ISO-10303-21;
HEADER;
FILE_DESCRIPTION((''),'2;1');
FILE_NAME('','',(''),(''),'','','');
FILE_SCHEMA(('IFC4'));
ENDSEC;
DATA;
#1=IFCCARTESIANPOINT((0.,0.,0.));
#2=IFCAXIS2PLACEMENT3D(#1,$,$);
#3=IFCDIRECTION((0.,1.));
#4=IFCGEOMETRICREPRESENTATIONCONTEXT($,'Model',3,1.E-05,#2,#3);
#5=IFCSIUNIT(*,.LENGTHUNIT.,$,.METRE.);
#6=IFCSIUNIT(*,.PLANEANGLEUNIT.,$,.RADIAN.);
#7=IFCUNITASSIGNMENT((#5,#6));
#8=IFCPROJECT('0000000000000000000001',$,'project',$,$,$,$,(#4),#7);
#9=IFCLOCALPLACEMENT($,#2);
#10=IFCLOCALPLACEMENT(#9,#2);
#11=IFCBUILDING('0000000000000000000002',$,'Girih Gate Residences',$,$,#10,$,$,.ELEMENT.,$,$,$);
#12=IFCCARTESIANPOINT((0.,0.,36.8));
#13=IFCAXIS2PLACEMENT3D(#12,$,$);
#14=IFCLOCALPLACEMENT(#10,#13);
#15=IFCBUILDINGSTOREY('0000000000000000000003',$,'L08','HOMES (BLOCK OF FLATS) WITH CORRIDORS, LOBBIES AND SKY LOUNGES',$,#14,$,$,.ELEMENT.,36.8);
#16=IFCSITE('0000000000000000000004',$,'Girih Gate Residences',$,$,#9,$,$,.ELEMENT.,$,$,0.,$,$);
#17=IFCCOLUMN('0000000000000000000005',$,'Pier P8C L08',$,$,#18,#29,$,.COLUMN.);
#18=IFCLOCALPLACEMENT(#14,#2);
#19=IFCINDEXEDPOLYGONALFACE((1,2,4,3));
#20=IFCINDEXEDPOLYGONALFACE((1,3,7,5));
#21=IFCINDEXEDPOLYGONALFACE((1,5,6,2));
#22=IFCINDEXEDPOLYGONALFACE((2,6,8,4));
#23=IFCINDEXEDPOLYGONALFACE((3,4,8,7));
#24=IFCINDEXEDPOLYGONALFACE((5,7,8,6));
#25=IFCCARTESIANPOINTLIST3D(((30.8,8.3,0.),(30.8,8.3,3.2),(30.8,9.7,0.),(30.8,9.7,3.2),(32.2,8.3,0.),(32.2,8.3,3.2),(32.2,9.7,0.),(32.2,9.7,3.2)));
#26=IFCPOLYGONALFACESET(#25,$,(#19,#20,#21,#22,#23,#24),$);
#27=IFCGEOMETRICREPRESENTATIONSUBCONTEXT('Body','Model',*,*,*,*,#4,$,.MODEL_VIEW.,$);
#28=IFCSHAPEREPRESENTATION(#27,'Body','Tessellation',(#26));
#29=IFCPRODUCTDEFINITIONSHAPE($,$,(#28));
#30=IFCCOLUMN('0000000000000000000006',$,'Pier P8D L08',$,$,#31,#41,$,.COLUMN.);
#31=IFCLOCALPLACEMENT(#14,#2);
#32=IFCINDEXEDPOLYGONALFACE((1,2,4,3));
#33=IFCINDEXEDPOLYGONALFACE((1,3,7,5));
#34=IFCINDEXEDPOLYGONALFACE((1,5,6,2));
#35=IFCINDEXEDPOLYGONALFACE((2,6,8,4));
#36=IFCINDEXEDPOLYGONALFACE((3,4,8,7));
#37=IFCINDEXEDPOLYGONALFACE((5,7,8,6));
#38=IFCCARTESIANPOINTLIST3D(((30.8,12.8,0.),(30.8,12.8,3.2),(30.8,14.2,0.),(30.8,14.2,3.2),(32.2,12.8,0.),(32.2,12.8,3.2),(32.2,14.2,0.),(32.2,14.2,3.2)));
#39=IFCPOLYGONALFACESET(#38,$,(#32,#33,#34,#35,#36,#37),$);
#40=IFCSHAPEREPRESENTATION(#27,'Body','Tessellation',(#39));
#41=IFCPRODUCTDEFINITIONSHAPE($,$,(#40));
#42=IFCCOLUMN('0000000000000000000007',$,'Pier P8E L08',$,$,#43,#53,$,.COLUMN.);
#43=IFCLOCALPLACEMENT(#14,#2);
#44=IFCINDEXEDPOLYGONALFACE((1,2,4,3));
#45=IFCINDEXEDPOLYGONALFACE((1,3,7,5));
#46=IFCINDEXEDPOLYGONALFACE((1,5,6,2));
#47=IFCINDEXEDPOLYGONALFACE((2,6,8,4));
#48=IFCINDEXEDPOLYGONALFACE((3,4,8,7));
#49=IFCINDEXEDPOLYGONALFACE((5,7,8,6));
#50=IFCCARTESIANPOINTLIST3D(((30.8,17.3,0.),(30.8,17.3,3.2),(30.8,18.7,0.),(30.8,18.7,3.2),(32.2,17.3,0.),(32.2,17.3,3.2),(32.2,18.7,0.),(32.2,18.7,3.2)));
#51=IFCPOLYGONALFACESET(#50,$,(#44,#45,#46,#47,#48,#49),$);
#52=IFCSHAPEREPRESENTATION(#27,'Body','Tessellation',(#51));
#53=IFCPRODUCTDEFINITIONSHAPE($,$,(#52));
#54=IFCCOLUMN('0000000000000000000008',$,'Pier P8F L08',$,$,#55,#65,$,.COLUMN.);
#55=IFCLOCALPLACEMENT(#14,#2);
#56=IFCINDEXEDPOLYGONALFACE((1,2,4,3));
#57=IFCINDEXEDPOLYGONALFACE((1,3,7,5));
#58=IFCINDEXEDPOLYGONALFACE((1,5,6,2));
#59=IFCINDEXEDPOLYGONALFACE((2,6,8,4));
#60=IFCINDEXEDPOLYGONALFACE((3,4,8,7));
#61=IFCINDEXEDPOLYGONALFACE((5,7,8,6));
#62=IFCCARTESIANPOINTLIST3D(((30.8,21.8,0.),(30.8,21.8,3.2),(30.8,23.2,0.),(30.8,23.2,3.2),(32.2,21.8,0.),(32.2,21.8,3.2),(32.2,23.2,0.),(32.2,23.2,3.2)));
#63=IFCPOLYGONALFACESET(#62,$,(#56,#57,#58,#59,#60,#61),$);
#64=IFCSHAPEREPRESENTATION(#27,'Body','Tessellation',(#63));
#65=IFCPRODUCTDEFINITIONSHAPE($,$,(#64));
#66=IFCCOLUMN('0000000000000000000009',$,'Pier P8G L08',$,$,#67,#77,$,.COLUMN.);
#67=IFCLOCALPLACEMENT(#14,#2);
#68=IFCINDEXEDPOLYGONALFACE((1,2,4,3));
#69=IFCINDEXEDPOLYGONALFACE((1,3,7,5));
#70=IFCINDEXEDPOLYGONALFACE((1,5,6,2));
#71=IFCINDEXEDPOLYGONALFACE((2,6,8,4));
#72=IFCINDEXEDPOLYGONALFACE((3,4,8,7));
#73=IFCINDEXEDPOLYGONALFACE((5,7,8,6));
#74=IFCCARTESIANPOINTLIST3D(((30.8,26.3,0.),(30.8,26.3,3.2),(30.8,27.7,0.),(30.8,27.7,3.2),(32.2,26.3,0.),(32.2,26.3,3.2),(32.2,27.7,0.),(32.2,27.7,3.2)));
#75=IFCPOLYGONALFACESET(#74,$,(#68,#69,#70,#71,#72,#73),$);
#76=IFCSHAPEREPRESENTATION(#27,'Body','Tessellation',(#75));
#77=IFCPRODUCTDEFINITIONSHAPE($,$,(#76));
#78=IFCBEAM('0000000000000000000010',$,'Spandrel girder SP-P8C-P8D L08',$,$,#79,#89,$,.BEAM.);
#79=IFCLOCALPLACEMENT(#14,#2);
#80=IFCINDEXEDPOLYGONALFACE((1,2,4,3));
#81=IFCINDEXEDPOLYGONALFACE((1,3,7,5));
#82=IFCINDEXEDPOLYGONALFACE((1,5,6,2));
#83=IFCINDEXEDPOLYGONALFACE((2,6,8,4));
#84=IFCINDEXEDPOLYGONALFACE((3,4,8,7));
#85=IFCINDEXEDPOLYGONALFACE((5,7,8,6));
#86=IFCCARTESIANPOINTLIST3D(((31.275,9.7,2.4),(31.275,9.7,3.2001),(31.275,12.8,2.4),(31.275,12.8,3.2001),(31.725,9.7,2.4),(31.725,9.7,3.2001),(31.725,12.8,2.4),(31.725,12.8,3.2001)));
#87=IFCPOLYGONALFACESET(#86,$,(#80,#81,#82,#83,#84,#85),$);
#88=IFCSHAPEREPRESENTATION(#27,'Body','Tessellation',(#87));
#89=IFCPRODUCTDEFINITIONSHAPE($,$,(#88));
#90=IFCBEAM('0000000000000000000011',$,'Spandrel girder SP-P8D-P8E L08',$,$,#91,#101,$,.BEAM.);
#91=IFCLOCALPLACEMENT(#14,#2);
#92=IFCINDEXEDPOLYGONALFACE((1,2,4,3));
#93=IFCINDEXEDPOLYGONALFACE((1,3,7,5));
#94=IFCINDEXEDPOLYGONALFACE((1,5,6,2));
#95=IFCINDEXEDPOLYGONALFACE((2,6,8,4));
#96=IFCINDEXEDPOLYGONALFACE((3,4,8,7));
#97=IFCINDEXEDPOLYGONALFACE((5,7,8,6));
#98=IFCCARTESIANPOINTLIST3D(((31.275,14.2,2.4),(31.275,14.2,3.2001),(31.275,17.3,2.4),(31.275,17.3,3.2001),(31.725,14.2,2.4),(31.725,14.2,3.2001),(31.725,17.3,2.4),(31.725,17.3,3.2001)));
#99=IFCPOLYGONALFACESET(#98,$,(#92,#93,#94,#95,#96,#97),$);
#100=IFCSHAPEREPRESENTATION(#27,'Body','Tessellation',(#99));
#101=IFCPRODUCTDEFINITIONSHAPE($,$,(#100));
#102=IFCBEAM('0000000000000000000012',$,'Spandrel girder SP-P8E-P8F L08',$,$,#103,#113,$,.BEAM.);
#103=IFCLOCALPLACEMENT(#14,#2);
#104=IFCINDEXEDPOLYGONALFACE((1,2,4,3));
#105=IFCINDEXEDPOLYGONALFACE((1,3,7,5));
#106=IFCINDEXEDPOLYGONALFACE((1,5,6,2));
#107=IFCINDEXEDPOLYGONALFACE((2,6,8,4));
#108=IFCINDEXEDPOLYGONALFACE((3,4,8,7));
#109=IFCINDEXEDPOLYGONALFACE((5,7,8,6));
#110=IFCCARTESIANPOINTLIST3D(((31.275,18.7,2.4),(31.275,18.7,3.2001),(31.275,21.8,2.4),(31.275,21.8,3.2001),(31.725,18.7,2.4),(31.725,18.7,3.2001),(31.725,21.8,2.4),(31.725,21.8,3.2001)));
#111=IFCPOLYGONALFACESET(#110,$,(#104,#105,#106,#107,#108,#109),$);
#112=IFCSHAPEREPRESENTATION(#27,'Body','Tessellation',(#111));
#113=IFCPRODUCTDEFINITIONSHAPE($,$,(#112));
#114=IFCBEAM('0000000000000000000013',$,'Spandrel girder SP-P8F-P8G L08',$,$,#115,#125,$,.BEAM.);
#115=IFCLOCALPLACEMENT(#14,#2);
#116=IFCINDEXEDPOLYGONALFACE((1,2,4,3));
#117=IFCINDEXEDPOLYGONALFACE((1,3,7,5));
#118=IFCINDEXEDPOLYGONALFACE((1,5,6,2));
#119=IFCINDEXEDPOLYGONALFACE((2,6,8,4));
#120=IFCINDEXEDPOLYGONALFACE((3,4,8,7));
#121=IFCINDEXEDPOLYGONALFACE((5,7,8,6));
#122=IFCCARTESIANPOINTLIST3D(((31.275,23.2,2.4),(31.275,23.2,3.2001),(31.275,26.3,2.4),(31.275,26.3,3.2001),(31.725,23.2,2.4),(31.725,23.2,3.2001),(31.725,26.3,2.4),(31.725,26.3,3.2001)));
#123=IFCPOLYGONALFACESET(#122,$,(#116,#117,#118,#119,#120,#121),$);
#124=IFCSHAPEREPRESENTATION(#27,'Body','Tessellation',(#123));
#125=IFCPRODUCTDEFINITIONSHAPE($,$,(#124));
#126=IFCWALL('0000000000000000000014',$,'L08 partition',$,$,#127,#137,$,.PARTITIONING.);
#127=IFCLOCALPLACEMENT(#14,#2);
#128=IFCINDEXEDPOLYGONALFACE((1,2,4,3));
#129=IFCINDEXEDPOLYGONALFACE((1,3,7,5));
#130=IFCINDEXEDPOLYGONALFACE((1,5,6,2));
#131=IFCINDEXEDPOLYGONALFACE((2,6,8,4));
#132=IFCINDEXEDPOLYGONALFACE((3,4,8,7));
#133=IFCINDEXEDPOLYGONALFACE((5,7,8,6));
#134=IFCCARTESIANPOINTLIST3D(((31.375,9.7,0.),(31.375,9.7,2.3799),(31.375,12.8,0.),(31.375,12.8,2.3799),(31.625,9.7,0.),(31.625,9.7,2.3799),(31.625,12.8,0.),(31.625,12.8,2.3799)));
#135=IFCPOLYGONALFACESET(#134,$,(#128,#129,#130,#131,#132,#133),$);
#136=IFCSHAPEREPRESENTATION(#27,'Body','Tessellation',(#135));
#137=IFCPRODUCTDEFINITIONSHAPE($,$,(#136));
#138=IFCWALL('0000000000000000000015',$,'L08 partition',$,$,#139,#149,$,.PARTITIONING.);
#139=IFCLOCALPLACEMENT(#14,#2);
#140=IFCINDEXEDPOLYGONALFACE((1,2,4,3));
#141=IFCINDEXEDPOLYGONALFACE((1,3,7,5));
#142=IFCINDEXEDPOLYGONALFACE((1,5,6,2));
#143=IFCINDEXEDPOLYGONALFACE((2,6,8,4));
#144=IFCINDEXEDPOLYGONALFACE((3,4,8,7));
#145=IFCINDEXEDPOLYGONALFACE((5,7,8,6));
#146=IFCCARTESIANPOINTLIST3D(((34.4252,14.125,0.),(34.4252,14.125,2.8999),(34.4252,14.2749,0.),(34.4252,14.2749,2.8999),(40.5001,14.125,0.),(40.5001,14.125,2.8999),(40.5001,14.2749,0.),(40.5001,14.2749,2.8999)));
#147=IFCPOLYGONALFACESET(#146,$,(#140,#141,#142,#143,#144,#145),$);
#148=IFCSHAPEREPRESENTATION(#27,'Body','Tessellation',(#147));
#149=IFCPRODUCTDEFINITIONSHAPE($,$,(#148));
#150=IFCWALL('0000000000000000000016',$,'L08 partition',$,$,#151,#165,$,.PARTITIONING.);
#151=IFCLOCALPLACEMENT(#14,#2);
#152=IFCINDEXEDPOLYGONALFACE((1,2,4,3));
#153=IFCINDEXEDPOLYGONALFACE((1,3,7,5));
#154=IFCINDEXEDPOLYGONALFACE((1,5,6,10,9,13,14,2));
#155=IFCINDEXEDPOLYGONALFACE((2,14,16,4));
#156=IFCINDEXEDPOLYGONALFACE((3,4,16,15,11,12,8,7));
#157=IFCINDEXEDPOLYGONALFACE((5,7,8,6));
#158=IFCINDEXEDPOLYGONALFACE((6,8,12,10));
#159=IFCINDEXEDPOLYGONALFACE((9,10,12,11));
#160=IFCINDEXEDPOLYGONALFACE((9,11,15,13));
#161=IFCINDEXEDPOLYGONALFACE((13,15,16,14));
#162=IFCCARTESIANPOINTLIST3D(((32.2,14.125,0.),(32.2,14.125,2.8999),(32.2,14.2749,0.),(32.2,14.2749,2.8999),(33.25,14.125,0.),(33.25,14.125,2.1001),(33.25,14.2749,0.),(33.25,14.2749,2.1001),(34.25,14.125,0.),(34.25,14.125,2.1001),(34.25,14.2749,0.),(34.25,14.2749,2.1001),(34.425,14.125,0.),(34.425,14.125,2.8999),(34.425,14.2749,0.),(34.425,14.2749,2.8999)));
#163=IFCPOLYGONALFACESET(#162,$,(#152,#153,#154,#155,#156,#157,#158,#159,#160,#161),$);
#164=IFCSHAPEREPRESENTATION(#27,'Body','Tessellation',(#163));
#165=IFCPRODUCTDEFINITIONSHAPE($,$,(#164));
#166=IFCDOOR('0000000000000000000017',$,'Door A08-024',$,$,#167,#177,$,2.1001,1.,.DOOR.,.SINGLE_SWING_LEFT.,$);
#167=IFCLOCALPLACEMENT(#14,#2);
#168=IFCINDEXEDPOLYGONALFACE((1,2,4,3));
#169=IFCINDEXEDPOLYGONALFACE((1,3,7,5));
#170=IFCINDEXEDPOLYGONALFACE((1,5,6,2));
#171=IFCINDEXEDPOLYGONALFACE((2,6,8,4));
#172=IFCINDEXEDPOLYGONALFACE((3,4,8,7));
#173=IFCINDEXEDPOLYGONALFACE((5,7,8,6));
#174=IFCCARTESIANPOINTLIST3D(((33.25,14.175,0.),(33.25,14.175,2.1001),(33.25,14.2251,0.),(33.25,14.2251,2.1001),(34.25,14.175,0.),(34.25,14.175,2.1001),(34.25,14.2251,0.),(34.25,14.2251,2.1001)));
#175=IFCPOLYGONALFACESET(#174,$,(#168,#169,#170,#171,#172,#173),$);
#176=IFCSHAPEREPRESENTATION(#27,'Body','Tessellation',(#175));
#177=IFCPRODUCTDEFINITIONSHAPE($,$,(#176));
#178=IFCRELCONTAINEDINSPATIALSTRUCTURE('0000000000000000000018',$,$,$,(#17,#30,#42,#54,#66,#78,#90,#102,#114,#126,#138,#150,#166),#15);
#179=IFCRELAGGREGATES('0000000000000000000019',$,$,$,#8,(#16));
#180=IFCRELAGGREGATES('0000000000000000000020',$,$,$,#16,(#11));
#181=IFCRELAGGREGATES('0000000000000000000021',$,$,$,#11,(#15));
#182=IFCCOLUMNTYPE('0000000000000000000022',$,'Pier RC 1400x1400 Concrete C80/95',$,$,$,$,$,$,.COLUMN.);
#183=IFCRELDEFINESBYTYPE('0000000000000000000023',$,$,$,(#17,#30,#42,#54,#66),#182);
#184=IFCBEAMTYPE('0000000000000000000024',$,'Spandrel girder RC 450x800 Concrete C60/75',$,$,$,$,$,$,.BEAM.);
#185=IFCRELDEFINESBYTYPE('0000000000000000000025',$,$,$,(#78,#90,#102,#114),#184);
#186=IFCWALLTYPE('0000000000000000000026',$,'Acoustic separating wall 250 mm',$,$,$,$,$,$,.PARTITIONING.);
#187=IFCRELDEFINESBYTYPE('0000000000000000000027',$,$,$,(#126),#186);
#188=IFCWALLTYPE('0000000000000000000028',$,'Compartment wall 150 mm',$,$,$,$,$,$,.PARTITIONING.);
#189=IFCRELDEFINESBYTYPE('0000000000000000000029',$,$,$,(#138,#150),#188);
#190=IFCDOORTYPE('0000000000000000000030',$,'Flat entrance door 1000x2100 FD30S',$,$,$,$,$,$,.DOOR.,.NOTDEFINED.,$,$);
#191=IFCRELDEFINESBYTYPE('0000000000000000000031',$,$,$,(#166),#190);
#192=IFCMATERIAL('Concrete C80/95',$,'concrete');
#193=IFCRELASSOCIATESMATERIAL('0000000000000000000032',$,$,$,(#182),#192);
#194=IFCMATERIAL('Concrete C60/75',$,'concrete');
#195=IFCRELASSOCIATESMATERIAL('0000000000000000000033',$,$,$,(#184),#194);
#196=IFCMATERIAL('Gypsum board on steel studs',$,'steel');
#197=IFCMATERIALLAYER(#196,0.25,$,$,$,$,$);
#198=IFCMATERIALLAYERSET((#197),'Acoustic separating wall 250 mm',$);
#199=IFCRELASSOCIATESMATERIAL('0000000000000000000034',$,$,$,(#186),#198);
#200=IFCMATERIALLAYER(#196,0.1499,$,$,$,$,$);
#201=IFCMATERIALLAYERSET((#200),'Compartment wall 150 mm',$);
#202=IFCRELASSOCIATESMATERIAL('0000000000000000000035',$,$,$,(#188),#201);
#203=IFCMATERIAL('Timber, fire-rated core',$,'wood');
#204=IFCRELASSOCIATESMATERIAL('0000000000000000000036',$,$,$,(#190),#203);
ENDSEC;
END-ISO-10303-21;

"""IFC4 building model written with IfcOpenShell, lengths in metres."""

from ifc_helpers import new_model, si_unit, direction, frame, frame_2d, origin, origin_2d, place, context, subcontext, project, spatial, rectangle, extrude, material, layer, layer_set, material_profile, profile_set, type_object, element, fill, save


model = new_model("IFC4")

# Units and contexts
model_context = context("Model", 3, precision=1e-05, world=origin(), true_north=direction((0.0, 1.0)))
body_context = subcontext(model_context, "Body", "Model", "MODEL_VIEW")
ifc_project = project(units=[si_unit("LENGTHUNIT", "METRE"), si_unit("PLANEANGLEUNIT", "RADIAN")], contexts=[model_context])

# Site, building, storey
site_placement = place(None, origin())
site = spatial("IfcSite", under=ifc_project, at=site_placement, Name="Girih Gate Residences", CompositionType="ELEMENT", RefElevation=0.0)
building_placement = place(site_placement, origin())
building = spatial("IfcBuilding", under=site, at=building_placement, Name="Girih Gate Residences", CompositionType="ELEMENT")
storey_placement = place(building_placement, frame((0.0, 0.0, 36.8)))
storey = spatial("IfcBuildingStorey", under=building, at=storey_placement, Name="L08", Description="HOMES (BLOCK OF FLATS) WITH CORRIDORS, LOBBIES AND SKY LOUNGES", CompositionType="ELEMENT", Elevation=36.8)

# Columns
ifc_material_1 = material(Name="Concrete C80/95", Category="concrete")
ifc_material_profile_1 = material_profile(ifc_material_1, rectangle(XDim=1.3999, YDim=1.3999, at=origin_2d()))
ifc_profile_set_1 = profile_set([ifc_material_profile_1], Name="Concrete C80/95")
column_type = type_object("IfcColumnType", Name="Pier RC 1400x1400 Concrete C80/95", PredefinedType="COLUMN", material=ifc_profile_set_1)
for number, where, z_axis, x_axis, name in (
    (1, (31.5, 9.0, 0.0), (0.0, 0.0, 1.0), (1.0, 0.0, 0.0), "Pier P8C L08"),
    (2, (31.5, 13.5, 0.0), (0.0, 0.0, 1.0), (1.0, 0.0, 0.0), "Pier P8D L08"),
    (3, (31.5, 18.0, 0.0), (0.0, 0.0, 1.0), (1.0, 0.0, 0.0), "Pier P8E L08"),
    (4, (31.5, 22.5, 0.0), (0.0, 0.0, 1.0), (1.0, 0.0, 0.0), "Pier P8F L08"),
    (5, (31.5, 27.0, 0.0), (0.0, 0.0, 1.0), (1.0, 0.0, 0.0), "Pier P8G L08"),
):
    element("IfcColumn", number, at=place(storey_placement, frame(where, z_axis=z_axis, x_axis=x_axis)), inside=storey, type_object=column_type, Name=name, PredefinedType="COLUMN", context=body_context, shape_type="SweptSolid", body=[
        extrude(rectangle(XDim=1.3999, YDim=1.3999, at=origin_2d()), origin(), (0.0, 0.0, 1.0), 3.2),
    ])

# Beams
ifc_material_2 = material(Name="Concrete C60/75", Category="concrete")
ifc_material_profile_2 = material_profile(ifc_material_2, rectangle(XDim=0.45, YDim=0.8, at=origin_2d()))
ifc_profile_set_2 = profile_set([ifc_material_profile_2], Name="Concrete C60/75")
beam_type = type_object("IfcBeamType", Name="Spandrel girder RC 450x800 Concrete C60/75", PredefinedType="BEAM", material=ifc_profile_set_2)
for number, where, z_axis, x_axis, name in (
    (6, (31.5, 9.7, 2.8), (0.0, 1.0, 0.0), (-1.0, 0.0, 0.0), "Spandrel girder SP-P8C-P8D L08"),
    (7, (31.5, 14.2, 2.8), (0.0, 1.0, 0.0), (-1.0, 0.0, 0.0), "Spandrel girder SP-P8D-P8E L08"),
    (8, (31.5, 18.7, 2.8), (0.0, 1.0, 0.0), (-1.0, 0.0, 0.0), "Spandrel girder SP-P8E-P8F L08"),
    (9, (31.5, 23.2, 2.8), (0.0, 1.0, 0.0), (-1.0, 0.0, 0.0), "Spandrel girder SP-P8F-P8G L08"),
):
    element("IfcBeam", number, at=place(storey_placement, frame(where, z_axis=z_axis, x_axis=x_axis)), inside=storey, type_object=beam_type, Name=name, PredefinedType="BEAM", context=body_context, shape_type="SweptSolid", body=[
        extrude(rectangle(XDim=0.45, YDim=0.8, at=origin_2d()), origin(), (0.0, 0.0, 1.0), 3.1001),
    ])

# Walls
ifc_material_3 = material(Name="Gypsum board on steel studs", Category="steel")
ifc_layer_1 = layer(ifc_material_3, 0.25)
ifc_layer_set_1 = layer_set([ifc_layer_1], Name="Acoustic separating wall 250 mm")
wall_type_1 = type_object("IfcWallType", Name="Acoustic separating wall 250 mm", PredefinedType="PARTITIONING", material=ifc_layer_set_1)
wall_1_placement = place(storey_placement, frame((31.5, 9.7, 0.0), z_axis=(0.0, 0.0, 1.0), x_axis=(0.0, 1.0, 0.0)))
element("IfcWall", 10, at=wall_1_placement, inside=storey, type_object=wall_type_1, Name="L08 partition", PredefinedType="PARTITIONING", context=body_context, shape_type="SweptSolid", body=[
    extrude(rectangle(XDim=3.1001, YDim=0.25, at=frame_2d((1.55, 0.0))), origin(), (0.0, 0.0, 1.0), 2.3799),
])
ifc_layer_2 = layer(ifc_material_3, 0.1499)
ifc_layer_set_2 = layer_set([ifc_layer_2], Name="Compartment wall 150 mm")
wall_type_2 = type_object("IfcWallType", Name="Compartment wall 150 mm", PredefinedType="PARTITIONING", material=ifc_layer_set_2)
wall_2_placement = place(storey_placement, frame((34.425, 14.2, 0.0), z_axis=(0.0, 0.0, 1.0), x_axis=(1.0, 0.0, 0.0)))
element("IfcWall", 11, at=wall_2_placement, inside=storey, type_object=wall_type_2, Name="L08 partition", PredefinedType="PARTITIONING", context=body_context, shape_type="SweptSolid", body=[
    extrude(rectangle(XDim=6.075, YDim=0.1499, at=frame_2d((3.0376, 0.0))), origin(), (0.0, 0.0, 1.0), 2.8999),
])

# Wall, opening, door
wall_3_placement = place(storey_placement, frame((34.425, 14.2, 0.0), z_axis=(0.0, 0.0, 1.0), x_axis=(-1.0, 0.0, 0.0)))
wall_3 = element("IfcWall", 12, at=wall_3_placement, inside=storey, type_object=wall_type_2, Name="L08 partition", PredefinedType="PARTITIONING", context=body_context, shape_type="SweptSolid", body=[
    extrude(rectangle(XDim=2.2251, YDim=0.1499, at=frame_2d((1.1125, 0.0))), origin(), (0.0, 0.0, 1.0), 2.8999),
])
opening_1_placement = place(wall_3_placement, frame((0.175, 0.0, 0.0)))
opening_1 = element("IfcOpeningElement", 13, at=opening_1_placement, cuts=wall_3, PredefinedType="OPENING", context=body_context, shape_type="SweptSolid", body=[
    extrude(rectangle(XDim=1.0, YDim=2.1001, at=frame_2d((0.5, 1.05))), frame((0.0, 0.085, 0.0), z_axis=(0.0, -1.0, 0.0), x_axis=(1.0, 0.0, 0.0)), (0.0, 0.0, 1.0), 0.1699),
])
ifc_material_4 = material(Name="Timber, fire-rated core", Category="wood")
door_type_1 = type_object("IfcDoorType", Name="Flat entrance door 1000x2100 FD30S", OperationType="NOTDEFINED", PredefinedType="DOOR", material=ifc_material_4)
door_1_placement = place(opening_1_placement, origin())
door_1 = element("IfcDoor", 14, at=door_1_placement, inside=storey, type_object=door_type_1, Name="Door A08-024", OperationType="SINGLE_SWING_LEFT", OverallHeight=2.1001, OverallWidth=1.0, PredefinedType="DOOR", context=body_context, shape_type="SweptSolid", body=[
    extrude(rectangle(XDim=1.0, YDim=2.1001, at=frame_2d((0.5, 1.05))), frame((0.0, 0.0249, 0.0), z_axis=(0.0, -1.0, 0.0), x_axis=(1.0, 0.0, 0.0)), (0.0, 0.0, 1.0), 0.05),
])
fill(opening_1, door_1)

save(model, "model.ifc")
